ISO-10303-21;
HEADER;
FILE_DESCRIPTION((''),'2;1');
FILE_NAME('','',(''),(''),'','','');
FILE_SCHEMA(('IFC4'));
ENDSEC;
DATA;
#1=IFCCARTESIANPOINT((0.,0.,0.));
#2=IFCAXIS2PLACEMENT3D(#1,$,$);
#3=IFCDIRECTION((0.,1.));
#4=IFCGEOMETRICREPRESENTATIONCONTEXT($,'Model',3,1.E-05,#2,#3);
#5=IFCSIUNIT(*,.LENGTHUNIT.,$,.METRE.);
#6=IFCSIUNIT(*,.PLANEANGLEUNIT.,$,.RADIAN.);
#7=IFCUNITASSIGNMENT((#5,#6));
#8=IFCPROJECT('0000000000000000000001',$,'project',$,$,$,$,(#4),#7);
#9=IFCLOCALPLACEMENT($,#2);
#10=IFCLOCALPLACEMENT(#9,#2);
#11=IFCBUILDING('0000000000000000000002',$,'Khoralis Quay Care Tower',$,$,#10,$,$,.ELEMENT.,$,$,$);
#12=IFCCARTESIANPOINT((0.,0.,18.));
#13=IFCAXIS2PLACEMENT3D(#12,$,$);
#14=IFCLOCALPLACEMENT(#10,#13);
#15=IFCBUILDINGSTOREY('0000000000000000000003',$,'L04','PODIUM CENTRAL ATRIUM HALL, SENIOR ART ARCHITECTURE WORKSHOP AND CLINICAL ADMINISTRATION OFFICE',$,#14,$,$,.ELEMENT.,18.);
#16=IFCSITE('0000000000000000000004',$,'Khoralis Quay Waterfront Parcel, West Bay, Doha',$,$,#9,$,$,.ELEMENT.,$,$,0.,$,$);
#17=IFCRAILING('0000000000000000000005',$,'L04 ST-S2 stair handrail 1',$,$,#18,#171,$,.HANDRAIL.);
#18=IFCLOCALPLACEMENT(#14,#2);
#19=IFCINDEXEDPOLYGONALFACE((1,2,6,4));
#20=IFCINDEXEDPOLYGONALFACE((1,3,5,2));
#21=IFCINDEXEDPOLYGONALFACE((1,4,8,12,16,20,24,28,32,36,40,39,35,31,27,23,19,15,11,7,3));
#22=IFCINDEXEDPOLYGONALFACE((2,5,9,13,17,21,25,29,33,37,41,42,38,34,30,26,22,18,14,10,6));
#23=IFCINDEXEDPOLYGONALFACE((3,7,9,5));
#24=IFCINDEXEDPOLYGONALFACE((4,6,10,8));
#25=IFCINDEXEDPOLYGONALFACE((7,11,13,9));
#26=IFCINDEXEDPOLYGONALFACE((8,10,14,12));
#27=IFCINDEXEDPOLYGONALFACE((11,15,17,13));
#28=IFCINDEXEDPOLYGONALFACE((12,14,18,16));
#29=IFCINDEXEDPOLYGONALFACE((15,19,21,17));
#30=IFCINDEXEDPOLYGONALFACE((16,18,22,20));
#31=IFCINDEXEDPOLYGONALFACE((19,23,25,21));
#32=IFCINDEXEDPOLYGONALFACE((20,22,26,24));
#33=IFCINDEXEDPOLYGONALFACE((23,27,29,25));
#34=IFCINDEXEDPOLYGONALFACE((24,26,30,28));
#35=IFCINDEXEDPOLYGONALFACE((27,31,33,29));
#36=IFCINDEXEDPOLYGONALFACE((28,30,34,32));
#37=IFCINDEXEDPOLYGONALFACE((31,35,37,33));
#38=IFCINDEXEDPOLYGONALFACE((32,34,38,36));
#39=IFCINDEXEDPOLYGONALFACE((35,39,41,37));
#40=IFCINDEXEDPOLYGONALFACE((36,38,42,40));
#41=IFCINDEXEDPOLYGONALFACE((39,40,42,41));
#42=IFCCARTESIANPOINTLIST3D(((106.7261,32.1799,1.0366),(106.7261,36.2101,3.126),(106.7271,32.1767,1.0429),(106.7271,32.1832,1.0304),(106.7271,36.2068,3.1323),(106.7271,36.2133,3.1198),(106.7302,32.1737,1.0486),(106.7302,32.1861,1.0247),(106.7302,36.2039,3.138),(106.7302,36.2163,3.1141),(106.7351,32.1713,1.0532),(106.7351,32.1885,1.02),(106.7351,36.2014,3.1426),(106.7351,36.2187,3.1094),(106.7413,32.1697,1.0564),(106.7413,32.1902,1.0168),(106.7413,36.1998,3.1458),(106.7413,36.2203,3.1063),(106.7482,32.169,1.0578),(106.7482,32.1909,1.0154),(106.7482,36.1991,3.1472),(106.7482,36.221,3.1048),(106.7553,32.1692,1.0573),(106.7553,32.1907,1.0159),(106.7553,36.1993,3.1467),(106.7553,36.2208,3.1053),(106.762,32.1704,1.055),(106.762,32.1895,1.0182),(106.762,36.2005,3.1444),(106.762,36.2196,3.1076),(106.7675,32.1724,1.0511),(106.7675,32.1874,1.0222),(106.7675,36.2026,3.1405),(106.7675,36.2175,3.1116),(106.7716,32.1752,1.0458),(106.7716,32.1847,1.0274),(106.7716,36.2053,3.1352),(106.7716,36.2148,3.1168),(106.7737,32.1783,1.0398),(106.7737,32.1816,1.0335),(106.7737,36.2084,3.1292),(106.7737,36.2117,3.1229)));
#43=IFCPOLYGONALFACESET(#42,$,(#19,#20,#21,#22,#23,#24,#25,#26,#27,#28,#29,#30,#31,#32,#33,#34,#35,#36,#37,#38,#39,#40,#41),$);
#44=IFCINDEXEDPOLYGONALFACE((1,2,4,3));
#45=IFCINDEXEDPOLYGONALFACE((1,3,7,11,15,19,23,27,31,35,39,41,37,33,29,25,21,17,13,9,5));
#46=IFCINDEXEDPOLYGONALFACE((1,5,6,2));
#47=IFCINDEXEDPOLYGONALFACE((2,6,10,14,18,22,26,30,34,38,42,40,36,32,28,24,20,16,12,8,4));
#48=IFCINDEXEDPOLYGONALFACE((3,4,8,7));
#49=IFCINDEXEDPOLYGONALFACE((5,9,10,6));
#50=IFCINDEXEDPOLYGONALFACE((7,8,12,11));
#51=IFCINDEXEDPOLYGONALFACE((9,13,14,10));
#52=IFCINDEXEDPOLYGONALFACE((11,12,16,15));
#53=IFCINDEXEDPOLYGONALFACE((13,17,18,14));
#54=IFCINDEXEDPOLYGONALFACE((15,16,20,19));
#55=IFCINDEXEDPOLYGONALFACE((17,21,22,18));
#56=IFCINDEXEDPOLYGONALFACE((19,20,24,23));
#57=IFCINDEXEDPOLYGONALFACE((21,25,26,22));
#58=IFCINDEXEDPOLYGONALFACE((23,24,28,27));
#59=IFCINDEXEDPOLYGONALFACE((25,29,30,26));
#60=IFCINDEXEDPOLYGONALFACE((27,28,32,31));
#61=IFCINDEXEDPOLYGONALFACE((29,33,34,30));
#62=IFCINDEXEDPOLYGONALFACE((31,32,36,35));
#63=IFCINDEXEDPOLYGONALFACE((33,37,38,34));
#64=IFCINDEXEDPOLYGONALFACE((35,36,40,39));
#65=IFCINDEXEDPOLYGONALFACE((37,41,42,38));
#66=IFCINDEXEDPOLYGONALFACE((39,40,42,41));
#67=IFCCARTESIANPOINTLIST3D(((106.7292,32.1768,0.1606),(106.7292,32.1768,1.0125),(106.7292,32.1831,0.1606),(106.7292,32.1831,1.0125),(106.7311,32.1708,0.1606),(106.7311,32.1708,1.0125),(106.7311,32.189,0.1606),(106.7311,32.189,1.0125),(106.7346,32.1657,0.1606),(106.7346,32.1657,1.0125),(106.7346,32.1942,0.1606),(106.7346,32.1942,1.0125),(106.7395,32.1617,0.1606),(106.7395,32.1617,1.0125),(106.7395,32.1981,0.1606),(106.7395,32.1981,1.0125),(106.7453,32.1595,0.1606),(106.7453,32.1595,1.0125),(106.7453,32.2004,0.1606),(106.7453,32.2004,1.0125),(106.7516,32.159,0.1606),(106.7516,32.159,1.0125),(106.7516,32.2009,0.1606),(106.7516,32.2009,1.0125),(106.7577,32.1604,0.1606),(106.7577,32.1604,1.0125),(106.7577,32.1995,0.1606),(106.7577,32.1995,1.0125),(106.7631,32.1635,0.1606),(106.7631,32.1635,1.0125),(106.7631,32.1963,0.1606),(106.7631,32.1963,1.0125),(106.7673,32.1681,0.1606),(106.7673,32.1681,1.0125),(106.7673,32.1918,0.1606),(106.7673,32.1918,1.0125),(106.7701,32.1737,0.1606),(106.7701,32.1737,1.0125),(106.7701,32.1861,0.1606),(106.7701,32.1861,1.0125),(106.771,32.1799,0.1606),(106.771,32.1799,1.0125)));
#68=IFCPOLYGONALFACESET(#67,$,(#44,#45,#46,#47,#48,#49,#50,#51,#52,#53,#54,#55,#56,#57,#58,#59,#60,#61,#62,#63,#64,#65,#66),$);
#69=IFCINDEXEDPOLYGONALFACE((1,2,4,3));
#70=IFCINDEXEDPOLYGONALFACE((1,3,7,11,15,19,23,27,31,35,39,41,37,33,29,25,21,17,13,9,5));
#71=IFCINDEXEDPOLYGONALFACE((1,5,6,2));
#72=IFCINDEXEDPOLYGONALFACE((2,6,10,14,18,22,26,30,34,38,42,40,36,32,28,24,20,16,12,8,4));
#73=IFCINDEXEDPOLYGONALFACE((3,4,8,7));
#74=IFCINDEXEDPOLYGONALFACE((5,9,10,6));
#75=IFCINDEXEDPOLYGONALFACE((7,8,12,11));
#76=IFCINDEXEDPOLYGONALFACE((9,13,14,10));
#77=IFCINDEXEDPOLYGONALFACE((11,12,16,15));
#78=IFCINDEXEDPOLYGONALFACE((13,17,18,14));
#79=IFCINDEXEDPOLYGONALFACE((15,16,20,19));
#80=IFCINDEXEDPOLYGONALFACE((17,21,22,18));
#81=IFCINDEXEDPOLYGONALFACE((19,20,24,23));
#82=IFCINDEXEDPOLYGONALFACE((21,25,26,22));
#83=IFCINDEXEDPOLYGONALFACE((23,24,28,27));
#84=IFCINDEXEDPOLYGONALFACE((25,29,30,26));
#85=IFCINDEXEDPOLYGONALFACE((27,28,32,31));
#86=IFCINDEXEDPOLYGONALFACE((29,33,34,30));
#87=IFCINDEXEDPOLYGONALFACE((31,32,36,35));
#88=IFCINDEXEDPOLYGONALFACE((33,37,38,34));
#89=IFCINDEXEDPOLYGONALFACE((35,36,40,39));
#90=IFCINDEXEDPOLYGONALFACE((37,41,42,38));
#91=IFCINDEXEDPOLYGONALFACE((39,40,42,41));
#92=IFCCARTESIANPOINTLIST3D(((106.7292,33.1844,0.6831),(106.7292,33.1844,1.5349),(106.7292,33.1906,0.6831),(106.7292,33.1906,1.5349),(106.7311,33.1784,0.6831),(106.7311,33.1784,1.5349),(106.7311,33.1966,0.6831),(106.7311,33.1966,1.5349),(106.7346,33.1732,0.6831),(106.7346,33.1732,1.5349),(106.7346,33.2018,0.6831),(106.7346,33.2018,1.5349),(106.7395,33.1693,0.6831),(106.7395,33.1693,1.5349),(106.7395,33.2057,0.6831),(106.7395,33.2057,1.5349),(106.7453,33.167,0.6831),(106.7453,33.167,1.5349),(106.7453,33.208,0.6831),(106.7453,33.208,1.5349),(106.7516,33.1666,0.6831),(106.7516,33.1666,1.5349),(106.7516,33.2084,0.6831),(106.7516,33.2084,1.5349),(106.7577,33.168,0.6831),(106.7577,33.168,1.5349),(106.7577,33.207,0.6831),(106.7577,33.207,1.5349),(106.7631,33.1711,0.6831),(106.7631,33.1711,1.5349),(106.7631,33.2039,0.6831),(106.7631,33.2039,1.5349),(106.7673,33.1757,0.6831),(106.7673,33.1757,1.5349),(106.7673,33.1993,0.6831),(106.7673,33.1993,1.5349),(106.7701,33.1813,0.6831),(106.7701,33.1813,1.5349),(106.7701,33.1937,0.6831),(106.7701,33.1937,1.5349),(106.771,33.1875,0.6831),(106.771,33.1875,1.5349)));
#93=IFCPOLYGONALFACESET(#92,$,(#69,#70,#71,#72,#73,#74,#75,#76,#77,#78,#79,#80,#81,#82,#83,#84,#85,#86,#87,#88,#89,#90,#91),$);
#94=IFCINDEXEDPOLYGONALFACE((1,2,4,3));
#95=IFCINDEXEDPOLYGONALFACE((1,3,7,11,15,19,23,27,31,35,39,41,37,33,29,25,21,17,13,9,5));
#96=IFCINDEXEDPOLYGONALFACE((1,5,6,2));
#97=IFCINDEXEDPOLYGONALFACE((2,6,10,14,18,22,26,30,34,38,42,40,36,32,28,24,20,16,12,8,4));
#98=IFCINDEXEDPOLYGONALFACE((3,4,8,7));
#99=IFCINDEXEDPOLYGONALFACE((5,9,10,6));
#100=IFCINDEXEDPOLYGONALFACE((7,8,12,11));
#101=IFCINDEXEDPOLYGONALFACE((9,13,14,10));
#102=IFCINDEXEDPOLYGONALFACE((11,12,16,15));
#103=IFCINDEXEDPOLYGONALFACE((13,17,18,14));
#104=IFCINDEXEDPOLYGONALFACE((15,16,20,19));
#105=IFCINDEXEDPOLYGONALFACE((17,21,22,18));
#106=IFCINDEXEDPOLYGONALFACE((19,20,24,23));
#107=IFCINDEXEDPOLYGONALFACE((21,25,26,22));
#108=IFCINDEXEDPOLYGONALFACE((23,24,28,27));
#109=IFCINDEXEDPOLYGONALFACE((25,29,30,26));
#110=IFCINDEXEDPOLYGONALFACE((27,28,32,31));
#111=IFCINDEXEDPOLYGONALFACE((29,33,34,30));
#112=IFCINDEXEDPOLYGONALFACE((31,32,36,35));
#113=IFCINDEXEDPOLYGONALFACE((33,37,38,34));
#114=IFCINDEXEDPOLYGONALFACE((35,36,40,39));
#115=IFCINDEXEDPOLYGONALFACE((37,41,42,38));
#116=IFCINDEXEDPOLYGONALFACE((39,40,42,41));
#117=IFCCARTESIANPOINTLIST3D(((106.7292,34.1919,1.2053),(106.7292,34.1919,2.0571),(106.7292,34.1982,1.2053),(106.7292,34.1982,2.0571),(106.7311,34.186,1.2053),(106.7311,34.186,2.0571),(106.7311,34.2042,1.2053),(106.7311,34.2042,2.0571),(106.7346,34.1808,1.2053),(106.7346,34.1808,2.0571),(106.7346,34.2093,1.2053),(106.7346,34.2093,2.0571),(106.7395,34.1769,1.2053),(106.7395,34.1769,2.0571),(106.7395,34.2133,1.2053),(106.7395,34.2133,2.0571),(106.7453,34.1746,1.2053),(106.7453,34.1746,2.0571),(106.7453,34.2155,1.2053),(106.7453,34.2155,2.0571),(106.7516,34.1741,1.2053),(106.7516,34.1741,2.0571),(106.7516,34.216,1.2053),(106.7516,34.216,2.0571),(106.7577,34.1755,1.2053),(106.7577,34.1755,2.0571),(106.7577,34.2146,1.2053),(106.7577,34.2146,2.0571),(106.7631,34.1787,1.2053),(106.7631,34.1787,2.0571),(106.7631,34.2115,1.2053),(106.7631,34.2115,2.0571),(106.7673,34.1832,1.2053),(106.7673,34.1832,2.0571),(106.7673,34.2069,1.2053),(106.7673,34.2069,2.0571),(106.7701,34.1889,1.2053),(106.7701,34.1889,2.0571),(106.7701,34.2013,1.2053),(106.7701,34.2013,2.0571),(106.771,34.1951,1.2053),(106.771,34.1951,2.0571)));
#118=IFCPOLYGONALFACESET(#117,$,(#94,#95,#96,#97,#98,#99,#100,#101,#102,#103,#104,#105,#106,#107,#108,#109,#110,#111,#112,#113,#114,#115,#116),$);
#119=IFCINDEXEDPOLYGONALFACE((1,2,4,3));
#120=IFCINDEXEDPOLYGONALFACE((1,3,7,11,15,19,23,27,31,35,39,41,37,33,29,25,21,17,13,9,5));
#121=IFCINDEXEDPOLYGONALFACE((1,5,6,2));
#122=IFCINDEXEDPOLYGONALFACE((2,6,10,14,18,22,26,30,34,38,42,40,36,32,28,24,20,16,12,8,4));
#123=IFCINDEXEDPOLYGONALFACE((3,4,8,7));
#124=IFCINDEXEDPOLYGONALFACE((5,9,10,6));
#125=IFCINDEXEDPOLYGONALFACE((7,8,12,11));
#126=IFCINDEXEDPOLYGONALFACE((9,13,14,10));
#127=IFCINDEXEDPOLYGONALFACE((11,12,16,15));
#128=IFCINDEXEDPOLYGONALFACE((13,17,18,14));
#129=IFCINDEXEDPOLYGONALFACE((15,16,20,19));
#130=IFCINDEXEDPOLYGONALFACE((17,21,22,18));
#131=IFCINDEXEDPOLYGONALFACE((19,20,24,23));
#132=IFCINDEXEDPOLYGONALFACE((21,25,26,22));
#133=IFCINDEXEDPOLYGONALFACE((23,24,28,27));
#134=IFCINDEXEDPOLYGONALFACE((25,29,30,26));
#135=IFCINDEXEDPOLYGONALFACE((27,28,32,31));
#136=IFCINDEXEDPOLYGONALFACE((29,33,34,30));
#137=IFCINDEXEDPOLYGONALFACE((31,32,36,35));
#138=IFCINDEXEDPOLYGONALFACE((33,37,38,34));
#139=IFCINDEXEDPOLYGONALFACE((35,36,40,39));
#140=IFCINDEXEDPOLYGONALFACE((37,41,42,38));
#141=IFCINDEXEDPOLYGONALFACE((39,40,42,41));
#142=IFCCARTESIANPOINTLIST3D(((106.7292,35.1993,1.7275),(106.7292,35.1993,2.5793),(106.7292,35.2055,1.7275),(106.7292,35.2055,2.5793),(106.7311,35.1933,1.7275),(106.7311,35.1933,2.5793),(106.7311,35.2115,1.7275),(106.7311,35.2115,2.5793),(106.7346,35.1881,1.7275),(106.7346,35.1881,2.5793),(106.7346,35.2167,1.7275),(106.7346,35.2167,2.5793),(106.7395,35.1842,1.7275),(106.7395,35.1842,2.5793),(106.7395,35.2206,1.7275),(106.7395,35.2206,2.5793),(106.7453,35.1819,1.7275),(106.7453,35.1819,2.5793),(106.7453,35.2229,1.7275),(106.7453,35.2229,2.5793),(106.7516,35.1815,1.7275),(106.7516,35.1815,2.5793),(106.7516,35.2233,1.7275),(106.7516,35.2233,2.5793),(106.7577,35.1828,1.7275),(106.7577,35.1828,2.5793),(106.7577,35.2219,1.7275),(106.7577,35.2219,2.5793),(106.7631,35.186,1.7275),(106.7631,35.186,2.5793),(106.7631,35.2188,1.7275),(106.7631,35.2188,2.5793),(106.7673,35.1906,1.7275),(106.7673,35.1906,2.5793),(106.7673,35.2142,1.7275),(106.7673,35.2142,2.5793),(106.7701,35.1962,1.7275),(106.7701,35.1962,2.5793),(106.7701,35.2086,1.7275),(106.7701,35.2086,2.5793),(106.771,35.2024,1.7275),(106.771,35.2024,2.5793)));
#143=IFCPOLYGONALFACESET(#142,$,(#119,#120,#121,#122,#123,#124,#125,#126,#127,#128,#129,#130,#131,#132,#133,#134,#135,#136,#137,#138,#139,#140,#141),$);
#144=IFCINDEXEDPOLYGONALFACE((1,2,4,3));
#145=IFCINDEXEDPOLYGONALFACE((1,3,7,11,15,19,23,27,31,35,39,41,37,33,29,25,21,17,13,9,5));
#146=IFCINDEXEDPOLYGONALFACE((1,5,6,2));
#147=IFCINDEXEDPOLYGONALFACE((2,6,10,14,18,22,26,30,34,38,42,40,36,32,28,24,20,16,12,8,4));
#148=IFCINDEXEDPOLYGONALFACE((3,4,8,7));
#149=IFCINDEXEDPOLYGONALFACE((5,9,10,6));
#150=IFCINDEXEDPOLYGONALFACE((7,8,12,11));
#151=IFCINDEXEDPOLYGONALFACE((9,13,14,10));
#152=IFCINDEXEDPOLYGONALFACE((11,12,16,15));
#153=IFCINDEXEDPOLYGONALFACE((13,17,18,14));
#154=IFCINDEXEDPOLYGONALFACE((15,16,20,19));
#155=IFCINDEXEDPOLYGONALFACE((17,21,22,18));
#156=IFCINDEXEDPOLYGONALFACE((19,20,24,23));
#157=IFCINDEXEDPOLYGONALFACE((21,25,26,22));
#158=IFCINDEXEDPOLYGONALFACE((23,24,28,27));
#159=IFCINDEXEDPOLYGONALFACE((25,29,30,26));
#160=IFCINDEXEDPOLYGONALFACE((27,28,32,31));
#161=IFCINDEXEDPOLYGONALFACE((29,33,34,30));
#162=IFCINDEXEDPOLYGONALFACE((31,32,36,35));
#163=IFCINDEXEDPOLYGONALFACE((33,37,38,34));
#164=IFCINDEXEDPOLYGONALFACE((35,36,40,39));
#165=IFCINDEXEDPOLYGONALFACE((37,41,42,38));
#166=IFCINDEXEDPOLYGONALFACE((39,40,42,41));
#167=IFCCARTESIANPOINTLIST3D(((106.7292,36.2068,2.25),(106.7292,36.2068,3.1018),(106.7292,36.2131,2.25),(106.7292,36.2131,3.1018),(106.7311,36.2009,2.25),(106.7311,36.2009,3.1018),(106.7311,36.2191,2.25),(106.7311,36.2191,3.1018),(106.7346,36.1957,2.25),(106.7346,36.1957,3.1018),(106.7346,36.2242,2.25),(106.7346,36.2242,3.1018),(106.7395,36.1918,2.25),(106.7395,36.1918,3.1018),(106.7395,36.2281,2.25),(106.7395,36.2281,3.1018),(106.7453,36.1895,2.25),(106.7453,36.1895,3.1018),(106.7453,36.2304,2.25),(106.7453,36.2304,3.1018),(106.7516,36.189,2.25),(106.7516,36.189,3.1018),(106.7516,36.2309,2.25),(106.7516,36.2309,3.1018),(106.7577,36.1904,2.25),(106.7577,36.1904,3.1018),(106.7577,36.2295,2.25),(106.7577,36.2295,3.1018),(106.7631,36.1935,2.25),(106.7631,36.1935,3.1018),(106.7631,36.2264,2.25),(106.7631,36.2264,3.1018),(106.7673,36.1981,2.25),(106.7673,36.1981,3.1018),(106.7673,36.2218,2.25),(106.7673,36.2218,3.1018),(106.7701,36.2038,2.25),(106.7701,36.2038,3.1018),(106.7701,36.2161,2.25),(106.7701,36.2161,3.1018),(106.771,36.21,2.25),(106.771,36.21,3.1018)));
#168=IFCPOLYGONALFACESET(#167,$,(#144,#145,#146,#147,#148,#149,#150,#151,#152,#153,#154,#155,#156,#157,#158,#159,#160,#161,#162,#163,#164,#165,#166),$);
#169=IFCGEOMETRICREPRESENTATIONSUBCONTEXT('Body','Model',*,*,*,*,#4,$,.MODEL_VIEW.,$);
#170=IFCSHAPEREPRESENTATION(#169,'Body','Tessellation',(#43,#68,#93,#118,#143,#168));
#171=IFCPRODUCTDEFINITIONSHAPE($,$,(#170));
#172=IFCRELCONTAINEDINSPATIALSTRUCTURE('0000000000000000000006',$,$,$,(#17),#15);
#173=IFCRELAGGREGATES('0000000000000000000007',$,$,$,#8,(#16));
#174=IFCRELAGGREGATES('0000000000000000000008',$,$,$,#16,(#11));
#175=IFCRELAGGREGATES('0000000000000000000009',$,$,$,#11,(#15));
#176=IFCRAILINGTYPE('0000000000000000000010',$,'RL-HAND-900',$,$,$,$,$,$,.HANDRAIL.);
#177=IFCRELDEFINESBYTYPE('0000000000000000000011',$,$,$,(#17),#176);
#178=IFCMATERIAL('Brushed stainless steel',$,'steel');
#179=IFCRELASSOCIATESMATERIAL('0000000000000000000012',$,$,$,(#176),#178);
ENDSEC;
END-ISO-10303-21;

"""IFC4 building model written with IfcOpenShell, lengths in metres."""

from ifc_helpers import new_model, si_unit, direction, frame, origin, origin_2d, place, context, subcontext, project, spatial, circle, extrude, material, type_object, element, save


model = new_model("IFC4")

# Units and contexts
model_context = context("Model", 3, precision=1e-05, world=origin(), true_north=direction((0.0, 1.0)))
body_context = subcontext(model_context, "Body", "Model", "MODEL_VIEW")
ifc_project = project(units=[si_unit("LENGTHUNIT", "METRE"), si_unit("PLANEANGLEUNIT", "RADIAN")], contexts=[model_context])

# Site, building, storey
site_placement = place(None, origin())
site = spatial("IfcSite", under=ifc_project, at=site_placement, Name="Khoralis Quay Waterfront Parcel, West Bay, Doha", CompositionType="ELEMENT", RefElevation=0.0)
building_placement = place(site_placement, origin())
building = spatial("IfcBuilding", under=site, at=building_placement, Name="Khoralis Quay Care Tower", CompositionType="ELEMENT")
storey_placement = place(building_placement, frame((0.0, 0.0, 18.0)))
storey = spatial("IfcBuildingStorey", under=building, at=storey_placement, Name="L04", Description="PODIUM CENTRAL ATRIUM HALL, SENIOR ART ARCHITECTURE WORKSHOP AND CLINICAL ADMINISTRATION OFFICE", CompositionType="ELEMENT", Elevation=18.0)

# Railing
ifc_material_1 = material(Name="Brushed stainless steel", Category="steel")
railing_type_1 = type_object("IfcRailingType", Name="RL-HAND-900", PredefinedType="HANDRAIL", material=ifc_material_1)
railing_1_placement = place(storey_placement, frame((106.75, 32.1799, 0.1606)))
element("IfcRailing", 1, at=railing_1_placement, inside=storey, type_object=railing_type_1, Name="L04 ST-S2 stair handrail 1", PredefinedType="HANDRAIL", context=body_context, shape_type="SweptSolid", body=[
    extrude(circle(Radius=0.0239, at=origin_2d()), frame((0.0, 0.0, 0.876), z_axis=(0.0, 0.887781, 0.460267), x_axis=(-1.0, 0.0, 0.0)), (0.0, 0.0, 1.0), 4.5396),
    extrude(circle(Radius=0.021, at=origin_2d()), origin(), (0.0, 0.0, 1.0), 0.8518),
    extrude(circle(Radius=0.021, at=origin_2d()), frame((0.0, 1.0076, 0.5225)), (0.0, 0.0, 1.0), 0.8518),
    extrude(circle(Radius=0.021, at=origin_2d()), frame((0.0, 2.0151, 1.0447)), (0.0, 0.0, 1.0), 0.8518),
    extrude(circle(Radius=0.021, at=origin_2d()), frame((0.0, 3.0225, 1.5669)), (0.0, 0.0, 1.0), 0.8518),
    extrude(circle(Radius=0.021, at=origin_2d()), frame((0.0, 4.03, 2.0894)), (0.0, 0.0, 1.0), 0.8518),
])

save(model, "model.ifc")
